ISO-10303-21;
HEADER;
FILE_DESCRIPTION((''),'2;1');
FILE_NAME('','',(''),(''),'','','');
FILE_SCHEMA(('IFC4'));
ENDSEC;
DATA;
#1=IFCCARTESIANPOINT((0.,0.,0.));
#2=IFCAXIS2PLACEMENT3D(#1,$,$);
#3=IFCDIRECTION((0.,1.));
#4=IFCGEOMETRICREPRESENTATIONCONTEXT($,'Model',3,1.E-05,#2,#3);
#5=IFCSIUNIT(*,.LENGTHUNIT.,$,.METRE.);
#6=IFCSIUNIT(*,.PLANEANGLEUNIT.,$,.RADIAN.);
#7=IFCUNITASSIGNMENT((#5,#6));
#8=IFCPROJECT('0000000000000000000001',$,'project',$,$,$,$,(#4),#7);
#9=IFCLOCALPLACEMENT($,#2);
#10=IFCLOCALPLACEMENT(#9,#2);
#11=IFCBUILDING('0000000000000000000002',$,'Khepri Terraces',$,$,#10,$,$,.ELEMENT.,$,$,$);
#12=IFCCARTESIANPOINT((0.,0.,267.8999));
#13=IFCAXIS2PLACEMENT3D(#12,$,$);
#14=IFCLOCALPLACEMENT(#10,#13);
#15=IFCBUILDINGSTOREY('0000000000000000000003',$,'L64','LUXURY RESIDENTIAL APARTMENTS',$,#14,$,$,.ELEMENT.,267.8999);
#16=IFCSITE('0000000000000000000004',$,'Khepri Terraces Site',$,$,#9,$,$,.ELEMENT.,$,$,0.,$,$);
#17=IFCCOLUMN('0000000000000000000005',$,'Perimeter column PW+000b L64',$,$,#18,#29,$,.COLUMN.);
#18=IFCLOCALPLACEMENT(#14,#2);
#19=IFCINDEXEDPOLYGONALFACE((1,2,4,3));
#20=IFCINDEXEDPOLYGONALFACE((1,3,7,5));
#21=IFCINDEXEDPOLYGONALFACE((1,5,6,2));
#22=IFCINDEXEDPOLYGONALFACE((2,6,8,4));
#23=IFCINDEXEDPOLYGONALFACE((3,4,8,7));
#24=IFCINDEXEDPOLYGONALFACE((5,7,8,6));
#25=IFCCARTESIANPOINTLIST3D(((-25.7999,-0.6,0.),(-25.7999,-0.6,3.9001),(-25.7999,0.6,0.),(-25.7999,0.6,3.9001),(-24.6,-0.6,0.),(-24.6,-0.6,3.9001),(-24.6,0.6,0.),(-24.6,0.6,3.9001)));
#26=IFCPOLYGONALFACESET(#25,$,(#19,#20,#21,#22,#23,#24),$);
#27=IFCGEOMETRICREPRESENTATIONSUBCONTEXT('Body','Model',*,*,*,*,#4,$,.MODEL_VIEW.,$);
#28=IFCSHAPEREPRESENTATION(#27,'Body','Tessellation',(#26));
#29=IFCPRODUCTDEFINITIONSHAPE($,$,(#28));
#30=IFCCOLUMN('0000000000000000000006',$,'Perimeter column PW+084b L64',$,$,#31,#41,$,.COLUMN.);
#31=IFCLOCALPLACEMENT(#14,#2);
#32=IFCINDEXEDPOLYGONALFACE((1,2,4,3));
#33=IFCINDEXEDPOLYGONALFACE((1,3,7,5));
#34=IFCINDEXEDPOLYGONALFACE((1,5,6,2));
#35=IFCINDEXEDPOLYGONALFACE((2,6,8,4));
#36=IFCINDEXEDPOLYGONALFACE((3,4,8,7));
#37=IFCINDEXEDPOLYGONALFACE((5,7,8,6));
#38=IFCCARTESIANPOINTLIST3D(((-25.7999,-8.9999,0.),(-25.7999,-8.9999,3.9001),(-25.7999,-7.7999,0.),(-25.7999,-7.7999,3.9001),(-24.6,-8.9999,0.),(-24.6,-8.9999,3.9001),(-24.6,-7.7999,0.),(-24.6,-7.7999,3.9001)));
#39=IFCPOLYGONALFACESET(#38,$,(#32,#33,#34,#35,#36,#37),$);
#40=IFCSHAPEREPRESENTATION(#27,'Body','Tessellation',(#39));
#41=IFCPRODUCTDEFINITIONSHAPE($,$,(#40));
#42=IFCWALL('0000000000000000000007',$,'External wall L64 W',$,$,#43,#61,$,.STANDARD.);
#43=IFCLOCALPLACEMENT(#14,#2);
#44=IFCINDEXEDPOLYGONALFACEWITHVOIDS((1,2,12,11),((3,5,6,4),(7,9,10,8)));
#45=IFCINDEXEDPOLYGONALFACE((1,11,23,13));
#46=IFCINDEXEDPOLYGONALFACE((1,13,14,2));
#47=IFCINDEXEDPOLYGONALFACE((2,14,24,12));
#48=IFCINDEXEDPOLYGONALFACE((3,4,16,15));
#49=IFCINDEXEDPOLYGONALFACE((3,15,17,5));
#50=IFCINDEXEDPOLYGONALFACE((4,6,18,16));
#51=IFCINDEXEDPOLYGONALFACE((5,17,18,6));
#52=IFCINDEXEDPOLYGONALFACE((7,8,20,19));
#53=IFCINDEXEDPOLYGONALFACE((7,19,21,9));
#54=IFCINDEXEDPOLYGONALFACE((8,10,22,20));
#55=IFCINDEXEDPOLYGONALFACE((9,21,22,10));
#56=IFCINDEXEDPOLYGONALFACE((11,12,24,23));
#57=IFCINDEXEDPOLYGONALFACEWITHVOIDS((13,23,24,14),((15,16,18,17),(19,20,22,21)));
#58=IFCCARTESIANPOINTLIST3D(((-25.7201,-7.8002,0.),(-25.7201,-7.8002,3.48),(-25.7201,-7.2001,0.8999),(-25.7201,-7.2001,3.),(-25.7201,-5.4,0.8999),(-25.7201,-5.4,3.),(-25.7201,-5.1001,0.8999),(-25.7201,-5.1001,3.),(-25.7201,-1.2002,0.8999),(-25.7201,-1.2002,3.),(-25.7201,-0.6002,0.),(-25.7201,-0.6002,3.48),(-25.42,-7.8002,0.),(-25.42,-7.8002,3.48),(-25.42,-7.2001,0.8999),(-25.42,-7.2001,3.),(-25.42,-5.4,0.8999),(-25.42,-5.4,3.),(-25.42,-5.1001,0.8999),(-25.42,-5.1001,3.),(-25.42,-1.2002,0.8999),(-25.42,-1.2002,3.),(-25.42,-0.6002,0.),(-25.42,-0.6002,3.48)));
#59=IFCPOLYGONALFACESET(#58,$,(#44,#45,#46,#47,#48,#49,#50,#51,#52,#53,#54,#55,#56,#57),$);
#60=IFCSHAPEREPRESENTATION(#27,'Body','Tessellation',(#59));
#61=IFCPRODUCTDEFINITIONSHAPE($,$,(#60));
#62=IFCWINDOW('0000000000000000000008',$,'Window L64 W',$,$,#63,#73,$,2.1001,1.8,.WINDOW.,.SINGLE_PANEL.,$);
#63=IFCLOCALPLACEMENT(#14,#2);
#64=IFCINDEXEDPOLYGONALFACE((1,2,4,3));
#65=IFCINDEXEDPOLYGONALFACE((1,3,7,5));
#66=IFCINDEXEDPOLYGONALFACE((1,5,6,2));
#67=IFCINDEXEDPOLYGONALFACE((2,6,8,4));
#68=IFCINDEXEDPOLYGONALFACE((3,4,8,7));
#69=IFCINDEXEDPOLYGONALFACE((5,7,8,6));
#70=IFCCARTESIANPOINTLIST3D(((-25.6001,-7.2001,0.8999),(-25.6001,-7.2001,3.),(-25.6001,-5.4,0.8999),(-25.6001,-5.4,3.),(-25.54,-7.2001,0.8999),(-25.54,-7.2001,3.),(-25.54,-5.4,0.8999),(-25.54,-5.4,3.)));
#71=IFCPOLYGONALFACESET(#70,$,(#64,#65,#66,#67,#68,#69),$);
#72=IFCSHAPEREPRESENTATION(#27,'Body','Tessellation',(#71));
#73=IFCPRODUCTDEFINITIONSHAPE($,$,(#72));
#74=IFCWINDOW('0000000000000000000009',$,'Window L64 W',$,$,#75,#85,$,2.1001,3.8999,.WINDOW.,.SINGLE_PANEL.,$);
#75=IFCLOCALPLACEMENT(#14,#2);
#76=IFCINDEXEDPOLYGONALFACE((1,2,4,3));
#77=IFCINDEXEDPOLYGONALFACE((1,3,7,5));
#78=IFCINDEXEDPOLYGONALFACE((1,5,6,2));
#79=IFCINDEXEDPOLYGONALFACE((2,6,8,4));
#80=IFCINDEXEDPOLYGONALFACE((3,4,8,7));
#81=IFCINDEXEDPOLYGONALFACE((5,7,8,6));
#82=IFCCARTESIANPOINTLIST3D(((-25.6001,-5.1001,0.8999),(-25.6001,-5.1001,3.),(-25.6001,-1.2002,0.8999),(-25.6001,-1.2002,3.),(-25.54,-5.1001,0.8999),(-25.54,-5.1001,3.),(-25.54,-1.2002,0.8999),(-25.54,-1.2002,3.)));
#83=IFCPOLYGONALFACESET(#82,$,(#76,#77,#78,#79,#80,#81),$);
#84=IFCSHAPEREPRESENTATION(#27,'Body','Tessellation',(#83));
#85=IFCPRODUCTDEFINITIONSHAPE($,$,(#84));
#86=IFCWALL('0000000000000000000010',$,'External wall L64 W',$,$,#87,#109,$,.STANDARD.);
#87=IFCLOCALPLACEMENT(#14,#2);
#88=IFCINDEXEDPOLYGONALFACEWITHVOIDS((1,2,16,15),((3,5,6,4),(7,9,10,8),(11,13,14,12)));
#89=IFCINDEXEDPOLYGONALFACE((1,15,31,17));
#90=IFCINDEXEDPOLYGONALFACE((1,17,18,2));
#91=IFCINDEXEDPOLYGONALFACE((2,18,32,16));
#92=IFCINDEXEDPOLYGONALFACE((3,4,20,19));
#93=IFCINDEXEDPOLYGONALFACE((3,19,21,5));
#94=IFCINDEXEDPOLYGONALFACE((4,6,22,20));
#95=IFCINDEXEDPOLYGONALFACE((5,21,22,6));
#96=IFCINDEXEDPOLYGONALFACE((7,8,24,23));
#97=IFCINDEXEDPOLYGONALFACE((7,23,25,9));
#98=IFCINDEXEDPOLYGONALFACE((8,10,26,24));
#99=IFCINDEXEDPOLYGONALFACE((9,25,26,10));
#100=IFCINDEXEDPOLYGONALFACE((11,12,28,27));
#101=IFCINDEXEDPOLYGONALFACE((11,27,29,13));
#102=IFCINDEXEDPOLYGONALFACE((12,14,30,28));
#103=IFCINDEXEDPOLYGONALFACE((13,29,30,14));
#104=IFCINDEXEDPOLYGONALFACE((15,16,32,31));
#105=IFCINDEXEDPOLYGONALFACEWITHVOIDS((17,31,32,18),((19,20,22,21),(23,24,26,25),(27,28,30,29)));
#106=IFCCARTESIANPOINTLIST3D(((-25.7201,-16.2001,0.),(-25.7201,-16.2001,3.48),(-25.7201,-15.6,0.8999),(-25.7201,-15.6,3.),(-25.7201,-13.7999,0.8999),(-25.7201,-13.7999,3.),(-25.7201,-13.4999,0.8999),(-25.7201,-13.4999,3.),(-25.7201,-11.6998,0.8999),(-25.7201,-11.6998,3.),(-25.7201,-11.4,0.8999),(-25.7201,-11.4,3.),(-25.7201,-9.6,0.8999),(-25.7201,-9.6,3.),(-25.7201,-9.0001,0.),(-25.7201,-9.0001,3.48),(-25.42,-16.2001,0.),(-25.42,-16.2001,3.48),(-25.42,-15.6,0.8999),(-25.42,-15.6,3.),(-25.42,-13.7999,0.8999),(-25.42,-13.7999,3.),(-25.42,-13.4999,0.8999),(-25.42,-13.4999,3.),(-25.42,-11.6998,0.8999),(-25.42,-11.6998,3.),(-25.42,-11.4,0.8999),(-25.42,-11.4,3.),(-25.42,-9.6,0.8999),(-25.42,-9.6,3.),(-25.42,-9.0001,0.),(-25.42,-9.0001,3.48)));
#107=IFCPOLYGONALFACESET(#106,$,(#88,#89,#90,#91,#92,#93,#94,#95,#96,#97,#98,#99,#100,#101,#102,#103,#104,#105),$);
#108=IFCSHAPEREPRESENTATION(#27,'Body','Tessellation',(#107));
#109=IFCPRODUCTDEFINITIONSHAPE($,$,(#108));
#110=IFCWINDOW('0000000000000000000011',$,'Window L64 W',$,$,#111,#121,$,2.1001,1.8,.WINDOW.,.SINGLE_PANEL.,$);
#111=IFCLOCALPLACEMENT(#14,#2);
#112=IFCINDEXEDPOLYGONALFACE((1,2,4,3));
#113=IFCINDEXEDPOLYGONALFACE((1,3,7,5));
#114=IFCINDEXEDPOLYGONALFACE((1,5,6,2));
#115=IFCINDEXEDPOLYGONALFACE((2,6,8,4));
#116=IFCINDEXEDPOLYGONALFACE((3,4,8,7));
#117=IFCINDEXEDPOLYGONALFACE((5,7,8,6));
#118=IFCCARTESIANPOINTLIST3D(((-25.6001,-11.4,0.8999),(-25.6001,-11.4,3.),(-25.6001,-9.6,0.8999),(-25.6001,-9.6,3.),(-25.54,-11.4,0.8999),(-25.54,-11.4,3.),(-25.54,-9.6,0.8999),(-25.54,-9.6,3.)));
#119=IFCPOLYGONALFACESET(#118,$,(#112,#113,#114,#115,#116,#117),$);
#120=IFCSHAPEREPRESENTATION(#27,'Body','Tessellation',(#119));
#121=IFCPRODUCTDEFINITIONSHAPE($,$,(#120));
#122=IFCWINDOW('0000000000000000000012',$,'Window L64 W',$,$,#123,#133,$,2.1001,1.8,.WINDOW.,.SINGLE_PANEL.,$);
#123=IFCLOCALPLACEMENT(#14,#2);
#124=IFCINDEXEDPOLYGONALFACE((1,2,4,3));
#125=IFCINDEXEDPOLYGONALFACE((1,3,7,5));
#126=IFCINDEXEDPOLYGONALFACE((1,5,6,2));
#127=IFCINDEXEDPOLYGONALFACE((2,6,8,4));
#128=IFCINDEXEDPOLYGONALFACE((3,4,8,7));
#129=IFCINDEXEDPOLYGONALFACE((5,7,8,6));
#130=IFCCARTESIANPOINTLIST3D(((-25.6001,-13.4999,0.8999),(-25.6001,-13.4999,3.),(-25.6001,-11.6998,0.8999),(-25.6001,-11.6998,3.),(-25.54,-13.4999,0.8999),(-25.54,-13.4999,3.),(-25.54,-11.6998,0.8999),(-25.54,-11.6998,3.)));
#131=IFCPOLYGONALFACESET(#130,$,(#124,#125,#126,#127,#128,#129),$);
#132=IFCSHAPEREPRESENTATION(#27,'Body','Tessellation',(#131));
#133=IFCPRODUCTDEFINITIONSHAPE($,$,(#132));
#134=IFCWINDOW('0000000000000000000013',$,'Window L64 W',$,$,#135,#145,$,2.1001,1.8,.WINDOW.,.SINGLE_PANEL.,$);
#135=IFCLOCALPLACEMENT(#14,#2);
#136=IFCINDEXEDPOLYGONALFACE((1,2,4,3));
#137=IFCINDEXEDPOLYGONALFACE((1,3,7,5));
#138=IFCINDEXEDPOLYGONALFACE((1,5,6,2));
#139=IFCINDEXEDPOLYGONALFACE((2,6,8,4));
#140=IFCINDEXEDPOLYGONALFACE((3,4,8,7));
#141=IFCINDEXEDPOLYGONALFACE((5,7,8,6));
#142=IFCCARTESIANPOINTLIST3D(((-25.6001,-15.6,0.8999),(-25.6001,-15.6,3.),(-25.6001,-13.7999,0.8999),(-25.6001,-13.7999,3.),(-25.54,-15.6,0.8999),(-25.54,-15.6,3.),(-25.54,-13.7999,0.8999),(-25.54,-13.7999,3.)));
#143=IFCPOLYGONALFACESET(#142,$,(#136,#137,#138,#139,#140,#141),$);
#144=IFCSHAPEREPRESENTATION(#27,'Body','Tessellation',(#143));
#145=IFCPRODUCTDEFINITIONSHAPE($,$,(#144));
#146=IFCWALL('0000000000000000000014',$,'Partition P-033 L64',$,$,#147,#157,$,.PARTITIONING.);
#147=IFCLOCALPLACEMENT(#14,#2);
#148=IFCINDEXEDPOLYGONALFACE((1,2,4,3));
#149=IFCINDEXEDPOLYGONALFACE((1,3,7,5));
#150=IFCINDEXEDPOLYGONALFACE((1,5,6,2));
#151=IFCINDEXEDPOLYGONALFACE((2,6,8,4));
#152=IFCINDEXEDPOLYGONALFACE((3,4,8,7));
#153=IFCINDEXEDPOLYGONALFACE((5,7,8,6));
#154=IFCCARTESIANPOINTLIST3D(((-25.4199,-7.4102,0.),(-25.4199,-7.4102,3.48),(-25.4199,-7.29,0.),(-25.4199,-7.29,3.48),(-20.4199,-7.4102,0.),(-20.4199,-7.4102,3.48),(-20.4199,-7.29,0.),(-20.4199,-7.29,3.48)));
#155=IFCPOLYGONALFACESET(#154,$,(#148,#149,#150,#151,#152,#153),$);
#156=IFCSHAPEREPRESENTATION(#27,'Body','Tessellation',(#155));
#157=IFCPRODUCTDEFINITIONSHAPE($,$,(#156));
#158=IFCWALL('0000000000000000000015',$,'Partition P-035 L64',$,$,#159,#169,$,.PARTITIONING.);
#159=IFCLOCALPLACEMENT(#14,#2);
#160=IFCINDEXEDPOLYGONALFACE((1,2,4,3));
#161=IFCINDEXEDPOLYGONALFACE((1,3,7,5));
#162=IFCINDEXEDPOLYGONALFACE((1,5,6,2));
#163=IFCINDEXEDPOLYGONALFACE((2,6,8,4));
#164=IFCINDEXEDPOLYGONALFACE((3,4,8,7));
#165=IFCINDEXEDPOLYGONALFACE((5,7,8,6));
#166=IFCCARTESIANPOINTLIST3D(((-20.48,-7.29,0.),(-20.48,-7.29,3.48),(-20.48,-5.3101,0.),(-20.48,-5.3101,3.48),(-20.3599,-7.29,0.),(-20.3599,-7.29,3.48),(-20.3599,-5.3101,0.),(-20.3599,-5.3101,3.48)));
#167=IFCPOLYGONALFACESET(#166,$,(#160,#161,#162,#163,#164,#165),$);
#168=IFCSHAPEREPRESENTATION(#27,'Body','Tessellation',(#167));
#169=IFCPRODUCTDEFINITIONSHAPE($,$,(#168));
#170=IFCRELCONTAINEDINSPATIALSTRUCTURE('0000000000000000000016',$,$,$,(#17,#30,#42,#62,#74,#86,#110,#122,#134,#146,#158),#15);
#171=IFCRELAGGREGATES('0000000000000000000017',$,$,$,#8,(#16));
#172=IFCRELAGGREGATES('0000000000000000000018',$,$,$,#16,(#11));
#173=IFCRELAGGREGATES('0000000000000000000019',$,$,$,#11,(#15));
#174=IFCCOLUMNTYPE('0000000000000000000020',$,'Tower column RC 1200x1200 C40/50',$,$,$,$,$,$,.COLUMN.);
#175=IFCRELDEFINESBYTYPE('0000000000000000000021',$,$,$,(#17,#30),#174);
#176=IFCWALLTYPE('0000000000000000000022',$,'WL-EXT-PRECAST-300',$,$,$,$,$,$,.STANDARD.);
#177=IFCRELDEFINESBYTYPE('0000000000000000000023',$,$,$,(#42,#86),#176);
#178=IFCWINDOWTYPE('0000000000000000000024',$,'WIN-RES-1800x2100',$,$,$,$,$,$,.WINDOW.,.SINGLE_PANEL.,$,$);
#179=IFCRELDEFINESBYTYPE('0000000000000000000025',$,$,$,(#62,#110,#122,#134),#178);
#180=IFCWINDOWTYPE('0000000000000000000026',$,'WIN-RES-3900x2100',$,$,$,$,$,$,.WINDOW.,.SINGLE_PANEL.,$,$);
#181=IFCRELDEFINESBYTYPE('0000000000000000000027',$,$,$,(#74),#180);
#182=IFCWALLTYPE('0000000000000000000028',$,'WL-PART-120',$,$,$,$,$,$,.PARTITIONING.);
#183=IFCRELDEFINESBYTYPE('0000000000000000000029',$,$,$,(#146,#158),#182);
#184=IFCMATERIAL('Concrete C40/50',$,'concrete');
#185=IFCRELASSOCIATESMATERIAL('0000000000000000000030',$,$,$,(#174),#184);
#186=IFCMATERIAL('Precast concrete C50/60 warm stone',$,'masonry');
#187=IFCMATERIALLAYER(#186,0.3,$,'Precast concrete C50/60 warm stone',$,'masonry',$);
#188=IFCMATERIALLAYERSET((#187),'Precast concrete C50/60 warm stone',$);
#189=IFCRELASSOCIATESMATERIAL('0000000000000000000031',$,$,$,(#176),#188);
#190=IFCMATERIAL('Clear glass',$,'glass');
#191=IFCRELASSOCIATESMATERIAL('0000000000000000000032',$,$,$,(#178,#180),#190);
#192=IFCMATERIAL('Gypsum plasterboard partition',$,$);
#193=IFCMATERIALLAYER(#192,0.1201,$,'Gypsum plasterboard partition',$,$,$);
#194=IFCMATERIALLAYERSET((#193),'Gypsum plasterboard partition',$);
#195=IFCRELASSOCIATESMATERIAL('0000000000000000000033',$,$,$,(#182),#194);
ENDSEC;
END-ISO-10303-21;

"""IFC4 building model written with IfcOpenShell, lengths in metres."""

from ifc_helpers import new_model, si_unit, direction, frame, frame_2d, origin, origin_2d, place, context, subcontext, project, spatial, rectangle, extrude, material, layer, layer_set, material_profile, profile_set, type_object, element, fill, save


model = new_model("IFC4")

# Units and contexts
model_context = context("Model", 3, precision=1e-05, world=origin(), true_north=direction((0.0, 1.0)))
body_context = subcontext(model_context, "Body", "Model", "MODEL_VIEW")
ifc_project = project(units=[si_unit("LENGTHUNIT", "METRE"), si_unit("PLANEANGLEUNIT", "RADIAN")], contexts=[model_context])

# Site, building, storey
site_placement = place(None, origin())
site = spatial("IfcSite", under=ifc_project, at=site_placement, Name="Khepri Terraces Site", CompositionType="ELEMENT", RefElevation=0.0)
building_placement = place(site_placement, origin())
building = spatial("IfcBuilding", under=site, at=building_placement, Name="Khepri Terraces", CompositionType="ELEMENT")
storey_placement = place(building_placement, frame((0.0, 0.0, 267.8999)))
storey = spatial("IfcBuildingStorey", under=building, at=storey_placement, Name="L64", Description="LUXURY RESIDENTIAL APARTMENTS", CompositionType="ELEMENT", Elevation=267.8999)

# Columns
ifc_material_1 = material(Name="Concrete C40/50", Category="concrete")
ifc_material_profile = material_profile(ifc_material_1, rectangle(XDim=1.2, YDim=1.2, at=origin_2d()), Name="Concrete C40/50", Category="concrete")
ifc_profile_set = profile_set([ifc_material_profile], Name="Concrete C40/50")
column_type = type_object("IfcColumnType", Name="Tower column RC 1200x1200 C40/50", PredefinedType="COLUMN", material=ifc_profile_set)
for number, where, z_axis, x_axis, name in (
    (1, (-25.2, 0.0, 0.0), (0.0, 0.0, 1.0), (1.0, 0.0, 0.0), "Perimeter column PW+000b L64"),
    (2, (-25.2, -8.3999, 0.0), (0.0, 0.0, 1.0), (1.0, 0.0, 0.0), "Perimeter column PW+084b L64"),
):
    element("IfcColumn", number, at=place(storey_placement, frame(where, z_axis=z_axis, x_axis=x_axis)), inside=storey, type_object=column_type, Name=name, PredefinedType="COLUMN", context=body_context, shape_type="SweptSolid", body=[
        extrude(rectangle(XDim=1.2, YDim=1.2, at=origin_2d()), origin(), (0.0, 0.0, 1.0), 3.9001),
    ])

# Walls, openings, windows
ifc_material_2 = material(Name="Precast concrete C50/60 warm stone", Category="masonry")
ifc_layer_1 = layer(ifc_material_2, 0.3, Name="Precast concrete C50/60 warm stone", Category="masonry")
ifc_layer_set_1 = layer_set([ifc_layer_1], Name="Precast concrete C50/60 warm stone")
wall_type_1 = type_object("IfcWallType", Name="WL-EXT-PRECAST-300", PredefinedType="STANDARD", material=ifc_layer_set_1)
wall_1_placement = place(storey_placement, frame((-25.5701, -0.6001, 0.0), z_axis=(0.0, 0.0, 1.0), x_axis=(0.0, -1.0, 0.0)))
wall_1 = element("IfcWall", 3, at=wall_1_placement, inside=storey, type_object=wall_type_1, Name="External wall L64 W", PredefinedType="STANDARD", context=body_context, shape_type="SweptSolid", body=[
    extrude(rectangle(XDim=7.2, YDim=0.3, at=frame_2d((3.6001, 0.0))), origin(), (0.0, 0.0, 1.0), 3.48),
])
opening_1_placement = place(wall_1_placement, frame((0.6001, 0.0, 0.8999)))
opening_1 = element("IfcOpeningElement", 4, at=opening_1_placement, cuts=wall_1, PredefinedType="OPENING", context=body_context, shape_type="SweptSolid", body=[
    extrude(rectangle(XDim=3.8999, YDim=2.1001, at=frame_2d((1.95, 1.05))), frame((0.0, 0.1602, 0.0), z_axis=(0.0, -1.0, 0.0), x_axis=(1.0, 0.0, 0.0)), (0.0, 0.0, 1.0), 0.3201),
])
opening_2_placement = place(wall_1_placement, frame((4.8, 0.0, 0.8999)))
opening_2 = element("IfcOpeningElement", 5, at=opening_2_placement, cuts=wall_1, PredefinedType="OPENING", context=body_context, shape_type="SweptSolid", body=[
    extrude(rectangle(XDim=1.8, YDim=2.1001, at=frame_2d((0.8999, 1.05))), frame((0.0, 0.1602, 0.0), z_axis=(0.0, -1.0, 0.0), x_axis=(1.0, 0.0, 0.0)), (0.0, 0.0, 1.0), 0.3201),
])
ifc_material_3 = material(Name="Clear glass", Category="glass")
window_type_1 = type_object("IfcWindowType", Name="WIN-RES-1800x2100", PartitioningType="SINGLE_PANEL", PredefinedType="WINDOW", material=ifc_material_3)
window_1_placement = place(opening_2_placement, origin())
window_1 = element("IfcWindow", 6, at=window_1_placement, inside=storey, type_object=window_type_1, Name="Window L64 W", OverallHeight=2.1001, OverallWidth=1.8, PartitioningType="SINGLE_PANEL", PredefinedType="WINDOW", context=body_context, shape_type="SweptSolid", body=[
    extrude(rectangle(XDim=1.8, YDim=2.1001, at=frame_2d((0.8999, 1.05))), frame((0.0, 0.03, 0.0), z_axis=(0.0, -1.0, 0.0), x_axis=(1.0, 0.0, 0.0)), (0.0, 0.0, 1.0), 0.0601),
])
fill(opening_2, window_1)
window_type_2 = type_object("IfcWindowType", Name="WIN-RES-3900x2100", PartitioningType="SINGLE_PANEL", PredefinedType="WINDOW", material=ifc_material_3)
window_2_placement = place(opening_1_placement, origin())
window_2 = element("IfcWindow", 7, at=window_2_placement, inside=storey, type_object=window_type_2, Name="Window L64 W", OverallHeight=2.1001, OverallWidth=3.8999, PartitioningType="SINGLE_PANEL", PredefinedType="WINDOW", context=body_context, shape_type="SweptSolid", body=[
    extrude(rectangle(XDim=3.8999, YDim=2.1001, at=frame_2d((1.95, 1.05))), frame((0.0, 0.03, 0.0), z_axis=(0.0, -1.0, 0.0), x_axis=(1.0, 0.0, 0.0)), (0.0, 0.0, 1.0), 0.0601),
])
fill(opening_1, window_2)
wall_2_placement = place(storey_placement, frame((-25.5701, -9.0, 0.0), z_axis=(0.0, 0.0, 1.0), x_axis=(0.0, -1.0, 0.0)))
wall_2 = element("IfcWall", 8, at=wall_2_placement, inside=storey, type_object=wall_type_1, Name="External wall L64 W", PredefinedType="STANDARD", context=body_context, shape_type="SweptSolid", body=[
    extrude(rectangle(XDim=7.2, YDim=0.3, at=frame_2d((3.6001, 0.0))), origin(), (0.0, 0.0, 1.0), 3.48),
])
opening_3_placement = place(wall_2_placement, frame((0.6001, 0.0, 0.8999)))
opening_3 = element("IfcOpeningElement", 9, at=opening_3_placement, cuts=wall_2, PredefinedType="OPENING", context=body_context, shape_type="SweptSolid", body=[
    extrude(rectangle(XDim=1.8, YDim=2.1001, at=frame_2d((0.8999, 1.05))), frame((0.0, 0.1602, 0.0), z_axis=(0.0, -1.0, 0.0), x_axis=(1.0, 0.0, 0.0)), (0.0, 0.0, 1.0), 0.3201),
])
opening_4_placement = place(wall_2_placement, frame((2.7, 0.0, 0.8999)))
opening_4 = element("IfcOpeningElement", 10, at=opening_4_placement, cuts=wall_2, PredefinedType="OPENING", context=body_context, shape_type="SweptSolid", body=[
    extrude(rectangle(XDim=1.8, YDim=2.1001, at=frame_2d((0.8999, 1.05))), frame((0.0, 0.1602, 0.0), z_axis=(0.0, -1.0, 0.0), x_axis=(1.0, 0.0, 0.0)), (0.0, 0.0, 1.0), 0.3201),
])
opening_5_placement = place(wall_2_placement, frame((4.8, 0.0, 0.8999)))
opening_5 = element("IfcOpeningElement", 11, at=opening_5_placement, cuts=wall_2, PredefinedType="OPENING", context=body_context, shape_type="SweptSolid", body=[
    extrude(rectangle(XDim=1.8, YDim=2.1001, at=frame_2d((0.8999, 1.05))), frame((0.0, 0.1602, 0.0), z_axis=(0.0, -1.0, 0.0), x_axis=(1.0, 0.0, 0.0)), (0.0, 0.0, 1.0), 0.3201),
])
window_3_placement = place(opening_3_placement, origin())
window_3 = element("IfcWindow", 12, at=window_3_placement, inside=storey, type_object=window_type_1, Name="Window L64 W", OverallHeight=2.1001, OverallWidth=1.8, PartitioningType="SINGLE_PANEL", PredefinedType="WINDOW", context=body_context, shape_type="SweptSolid", body=[
    extrude(rectangle(XDim=1.8, YDim=2.1001, at=frame_2d((0.8999, 1.05))), frame((0.0, 0.03, 0.0), z_axis=(0.0, -1.0, 0.0), x_axis=(1.0, 0.0, 0.0)), (0.0, 0.0, 1.0), 0.0601),
])
fill(opening_3, window_3)
window_4_placement = place(opening_4_placement, origin())
window_4 = element("IfcWindow", 13, at=window_4_placement, inside=storey, type_object=window_type_1, Name="Window L64 W", OverallHeight=2.1001, OverallWidth=1.8, PartitioningType="SINGLE_PANEL", PredefinedType="WINDOW", context=body_context, shape_type="SweptSolid", body=[
    extrude(rectangle(XDim=1.8, YDim=2.1001, at=frame_2d((0.8999, 1.05))), frame((0.0, 0.03, 0.0), z_axis=(0.0, -1.0, 0.0), x_axis=(1.0, 0.0, 0.0)), (0.0, 0.0, 1.0), 0.0601),
])
fill(opening_4, window_4)
window_5_placement = place(opening_5_placement, origin())
window_5 = element("IfcWindow", 14, at=window_5_placement, inside=storey, type_object=window_type_1, Name="Window L64 W", OverallHeight=2.1001, OverallWidth=1.8, PartitioningType="SINGLE_PANEL", PredefinedType="WINDOW", context=body_context, shape_type="SweptSolid", body=[
    extrude(rectangle(XDim=1.8, YDim=2.1001, at=frame_2d((0.8999, 1.05))), frame((0.0, 0.03, 0.0), z_axis=(0.0, -1.0, 0.0), x_axis=(1.0, 0.0, 0.0)), (0.0, 0.0, 1.0), 0.0601),
])
fill(opening_5, window_5)

# Walls
ifc_material_4 = material(Name="Gypsum plasterboard partition")
ifc_layer_2 = layer(ifc_material_4, 0.1201, Name="Gypsum plasterboard partition")
ifc_layer_set_2 = layer_set([ifc_layer_2], Name="Gypsum plasterboard partition")
wall_type_2 = type_object("IfcWallType", Name="WL-PART-120", PredefinedType="PARTITIONING", material=ifc_layer_set_2)
wall_3_placement = place(storey_placement, frame((-25.4199, -7.3501, 0.0), z_axis=(0.0, 0.0, 1.0), x_axis=(1.0, 0.0, 0.0)))
element("IfcWall", 15, at=wall_3_placement, inside=storey, type_object=wall_type_2, Name="Partition P-033 L64", PredefinedType="PARTITIONING", context=body_context, shape_type="SweptSolid", body=[
    extrude(rectangle(XDim=5.0, YDim=0.1201, at=frame_2d((2.5, 0.0))), origin(), (0.0, 0.0, 1.0), 3.48),
])
wall_4_placement = place(storey_placement, frame((-20.4199, -7.29, 0.0), z_axis=(0.0, 0.0, 1.0), x_axis=(0.0, 1.0, 0.0)))
element("IfcWall", 16, at=wall_4_placement, inside=storey, type_object=wall_type_2, Name="Partition P-035 L64", PredefinedType="PARTITIONING", context=body_context, shape_type="SweptSolid", body=[
    extrude(rectangle(XDim=1.98, YDim=0.1201, at=frame_2d((0.99, 0.0))), origin(), (0.0, 0.0, 1.0), 3.48),
])

save(model, "model.ifc")
